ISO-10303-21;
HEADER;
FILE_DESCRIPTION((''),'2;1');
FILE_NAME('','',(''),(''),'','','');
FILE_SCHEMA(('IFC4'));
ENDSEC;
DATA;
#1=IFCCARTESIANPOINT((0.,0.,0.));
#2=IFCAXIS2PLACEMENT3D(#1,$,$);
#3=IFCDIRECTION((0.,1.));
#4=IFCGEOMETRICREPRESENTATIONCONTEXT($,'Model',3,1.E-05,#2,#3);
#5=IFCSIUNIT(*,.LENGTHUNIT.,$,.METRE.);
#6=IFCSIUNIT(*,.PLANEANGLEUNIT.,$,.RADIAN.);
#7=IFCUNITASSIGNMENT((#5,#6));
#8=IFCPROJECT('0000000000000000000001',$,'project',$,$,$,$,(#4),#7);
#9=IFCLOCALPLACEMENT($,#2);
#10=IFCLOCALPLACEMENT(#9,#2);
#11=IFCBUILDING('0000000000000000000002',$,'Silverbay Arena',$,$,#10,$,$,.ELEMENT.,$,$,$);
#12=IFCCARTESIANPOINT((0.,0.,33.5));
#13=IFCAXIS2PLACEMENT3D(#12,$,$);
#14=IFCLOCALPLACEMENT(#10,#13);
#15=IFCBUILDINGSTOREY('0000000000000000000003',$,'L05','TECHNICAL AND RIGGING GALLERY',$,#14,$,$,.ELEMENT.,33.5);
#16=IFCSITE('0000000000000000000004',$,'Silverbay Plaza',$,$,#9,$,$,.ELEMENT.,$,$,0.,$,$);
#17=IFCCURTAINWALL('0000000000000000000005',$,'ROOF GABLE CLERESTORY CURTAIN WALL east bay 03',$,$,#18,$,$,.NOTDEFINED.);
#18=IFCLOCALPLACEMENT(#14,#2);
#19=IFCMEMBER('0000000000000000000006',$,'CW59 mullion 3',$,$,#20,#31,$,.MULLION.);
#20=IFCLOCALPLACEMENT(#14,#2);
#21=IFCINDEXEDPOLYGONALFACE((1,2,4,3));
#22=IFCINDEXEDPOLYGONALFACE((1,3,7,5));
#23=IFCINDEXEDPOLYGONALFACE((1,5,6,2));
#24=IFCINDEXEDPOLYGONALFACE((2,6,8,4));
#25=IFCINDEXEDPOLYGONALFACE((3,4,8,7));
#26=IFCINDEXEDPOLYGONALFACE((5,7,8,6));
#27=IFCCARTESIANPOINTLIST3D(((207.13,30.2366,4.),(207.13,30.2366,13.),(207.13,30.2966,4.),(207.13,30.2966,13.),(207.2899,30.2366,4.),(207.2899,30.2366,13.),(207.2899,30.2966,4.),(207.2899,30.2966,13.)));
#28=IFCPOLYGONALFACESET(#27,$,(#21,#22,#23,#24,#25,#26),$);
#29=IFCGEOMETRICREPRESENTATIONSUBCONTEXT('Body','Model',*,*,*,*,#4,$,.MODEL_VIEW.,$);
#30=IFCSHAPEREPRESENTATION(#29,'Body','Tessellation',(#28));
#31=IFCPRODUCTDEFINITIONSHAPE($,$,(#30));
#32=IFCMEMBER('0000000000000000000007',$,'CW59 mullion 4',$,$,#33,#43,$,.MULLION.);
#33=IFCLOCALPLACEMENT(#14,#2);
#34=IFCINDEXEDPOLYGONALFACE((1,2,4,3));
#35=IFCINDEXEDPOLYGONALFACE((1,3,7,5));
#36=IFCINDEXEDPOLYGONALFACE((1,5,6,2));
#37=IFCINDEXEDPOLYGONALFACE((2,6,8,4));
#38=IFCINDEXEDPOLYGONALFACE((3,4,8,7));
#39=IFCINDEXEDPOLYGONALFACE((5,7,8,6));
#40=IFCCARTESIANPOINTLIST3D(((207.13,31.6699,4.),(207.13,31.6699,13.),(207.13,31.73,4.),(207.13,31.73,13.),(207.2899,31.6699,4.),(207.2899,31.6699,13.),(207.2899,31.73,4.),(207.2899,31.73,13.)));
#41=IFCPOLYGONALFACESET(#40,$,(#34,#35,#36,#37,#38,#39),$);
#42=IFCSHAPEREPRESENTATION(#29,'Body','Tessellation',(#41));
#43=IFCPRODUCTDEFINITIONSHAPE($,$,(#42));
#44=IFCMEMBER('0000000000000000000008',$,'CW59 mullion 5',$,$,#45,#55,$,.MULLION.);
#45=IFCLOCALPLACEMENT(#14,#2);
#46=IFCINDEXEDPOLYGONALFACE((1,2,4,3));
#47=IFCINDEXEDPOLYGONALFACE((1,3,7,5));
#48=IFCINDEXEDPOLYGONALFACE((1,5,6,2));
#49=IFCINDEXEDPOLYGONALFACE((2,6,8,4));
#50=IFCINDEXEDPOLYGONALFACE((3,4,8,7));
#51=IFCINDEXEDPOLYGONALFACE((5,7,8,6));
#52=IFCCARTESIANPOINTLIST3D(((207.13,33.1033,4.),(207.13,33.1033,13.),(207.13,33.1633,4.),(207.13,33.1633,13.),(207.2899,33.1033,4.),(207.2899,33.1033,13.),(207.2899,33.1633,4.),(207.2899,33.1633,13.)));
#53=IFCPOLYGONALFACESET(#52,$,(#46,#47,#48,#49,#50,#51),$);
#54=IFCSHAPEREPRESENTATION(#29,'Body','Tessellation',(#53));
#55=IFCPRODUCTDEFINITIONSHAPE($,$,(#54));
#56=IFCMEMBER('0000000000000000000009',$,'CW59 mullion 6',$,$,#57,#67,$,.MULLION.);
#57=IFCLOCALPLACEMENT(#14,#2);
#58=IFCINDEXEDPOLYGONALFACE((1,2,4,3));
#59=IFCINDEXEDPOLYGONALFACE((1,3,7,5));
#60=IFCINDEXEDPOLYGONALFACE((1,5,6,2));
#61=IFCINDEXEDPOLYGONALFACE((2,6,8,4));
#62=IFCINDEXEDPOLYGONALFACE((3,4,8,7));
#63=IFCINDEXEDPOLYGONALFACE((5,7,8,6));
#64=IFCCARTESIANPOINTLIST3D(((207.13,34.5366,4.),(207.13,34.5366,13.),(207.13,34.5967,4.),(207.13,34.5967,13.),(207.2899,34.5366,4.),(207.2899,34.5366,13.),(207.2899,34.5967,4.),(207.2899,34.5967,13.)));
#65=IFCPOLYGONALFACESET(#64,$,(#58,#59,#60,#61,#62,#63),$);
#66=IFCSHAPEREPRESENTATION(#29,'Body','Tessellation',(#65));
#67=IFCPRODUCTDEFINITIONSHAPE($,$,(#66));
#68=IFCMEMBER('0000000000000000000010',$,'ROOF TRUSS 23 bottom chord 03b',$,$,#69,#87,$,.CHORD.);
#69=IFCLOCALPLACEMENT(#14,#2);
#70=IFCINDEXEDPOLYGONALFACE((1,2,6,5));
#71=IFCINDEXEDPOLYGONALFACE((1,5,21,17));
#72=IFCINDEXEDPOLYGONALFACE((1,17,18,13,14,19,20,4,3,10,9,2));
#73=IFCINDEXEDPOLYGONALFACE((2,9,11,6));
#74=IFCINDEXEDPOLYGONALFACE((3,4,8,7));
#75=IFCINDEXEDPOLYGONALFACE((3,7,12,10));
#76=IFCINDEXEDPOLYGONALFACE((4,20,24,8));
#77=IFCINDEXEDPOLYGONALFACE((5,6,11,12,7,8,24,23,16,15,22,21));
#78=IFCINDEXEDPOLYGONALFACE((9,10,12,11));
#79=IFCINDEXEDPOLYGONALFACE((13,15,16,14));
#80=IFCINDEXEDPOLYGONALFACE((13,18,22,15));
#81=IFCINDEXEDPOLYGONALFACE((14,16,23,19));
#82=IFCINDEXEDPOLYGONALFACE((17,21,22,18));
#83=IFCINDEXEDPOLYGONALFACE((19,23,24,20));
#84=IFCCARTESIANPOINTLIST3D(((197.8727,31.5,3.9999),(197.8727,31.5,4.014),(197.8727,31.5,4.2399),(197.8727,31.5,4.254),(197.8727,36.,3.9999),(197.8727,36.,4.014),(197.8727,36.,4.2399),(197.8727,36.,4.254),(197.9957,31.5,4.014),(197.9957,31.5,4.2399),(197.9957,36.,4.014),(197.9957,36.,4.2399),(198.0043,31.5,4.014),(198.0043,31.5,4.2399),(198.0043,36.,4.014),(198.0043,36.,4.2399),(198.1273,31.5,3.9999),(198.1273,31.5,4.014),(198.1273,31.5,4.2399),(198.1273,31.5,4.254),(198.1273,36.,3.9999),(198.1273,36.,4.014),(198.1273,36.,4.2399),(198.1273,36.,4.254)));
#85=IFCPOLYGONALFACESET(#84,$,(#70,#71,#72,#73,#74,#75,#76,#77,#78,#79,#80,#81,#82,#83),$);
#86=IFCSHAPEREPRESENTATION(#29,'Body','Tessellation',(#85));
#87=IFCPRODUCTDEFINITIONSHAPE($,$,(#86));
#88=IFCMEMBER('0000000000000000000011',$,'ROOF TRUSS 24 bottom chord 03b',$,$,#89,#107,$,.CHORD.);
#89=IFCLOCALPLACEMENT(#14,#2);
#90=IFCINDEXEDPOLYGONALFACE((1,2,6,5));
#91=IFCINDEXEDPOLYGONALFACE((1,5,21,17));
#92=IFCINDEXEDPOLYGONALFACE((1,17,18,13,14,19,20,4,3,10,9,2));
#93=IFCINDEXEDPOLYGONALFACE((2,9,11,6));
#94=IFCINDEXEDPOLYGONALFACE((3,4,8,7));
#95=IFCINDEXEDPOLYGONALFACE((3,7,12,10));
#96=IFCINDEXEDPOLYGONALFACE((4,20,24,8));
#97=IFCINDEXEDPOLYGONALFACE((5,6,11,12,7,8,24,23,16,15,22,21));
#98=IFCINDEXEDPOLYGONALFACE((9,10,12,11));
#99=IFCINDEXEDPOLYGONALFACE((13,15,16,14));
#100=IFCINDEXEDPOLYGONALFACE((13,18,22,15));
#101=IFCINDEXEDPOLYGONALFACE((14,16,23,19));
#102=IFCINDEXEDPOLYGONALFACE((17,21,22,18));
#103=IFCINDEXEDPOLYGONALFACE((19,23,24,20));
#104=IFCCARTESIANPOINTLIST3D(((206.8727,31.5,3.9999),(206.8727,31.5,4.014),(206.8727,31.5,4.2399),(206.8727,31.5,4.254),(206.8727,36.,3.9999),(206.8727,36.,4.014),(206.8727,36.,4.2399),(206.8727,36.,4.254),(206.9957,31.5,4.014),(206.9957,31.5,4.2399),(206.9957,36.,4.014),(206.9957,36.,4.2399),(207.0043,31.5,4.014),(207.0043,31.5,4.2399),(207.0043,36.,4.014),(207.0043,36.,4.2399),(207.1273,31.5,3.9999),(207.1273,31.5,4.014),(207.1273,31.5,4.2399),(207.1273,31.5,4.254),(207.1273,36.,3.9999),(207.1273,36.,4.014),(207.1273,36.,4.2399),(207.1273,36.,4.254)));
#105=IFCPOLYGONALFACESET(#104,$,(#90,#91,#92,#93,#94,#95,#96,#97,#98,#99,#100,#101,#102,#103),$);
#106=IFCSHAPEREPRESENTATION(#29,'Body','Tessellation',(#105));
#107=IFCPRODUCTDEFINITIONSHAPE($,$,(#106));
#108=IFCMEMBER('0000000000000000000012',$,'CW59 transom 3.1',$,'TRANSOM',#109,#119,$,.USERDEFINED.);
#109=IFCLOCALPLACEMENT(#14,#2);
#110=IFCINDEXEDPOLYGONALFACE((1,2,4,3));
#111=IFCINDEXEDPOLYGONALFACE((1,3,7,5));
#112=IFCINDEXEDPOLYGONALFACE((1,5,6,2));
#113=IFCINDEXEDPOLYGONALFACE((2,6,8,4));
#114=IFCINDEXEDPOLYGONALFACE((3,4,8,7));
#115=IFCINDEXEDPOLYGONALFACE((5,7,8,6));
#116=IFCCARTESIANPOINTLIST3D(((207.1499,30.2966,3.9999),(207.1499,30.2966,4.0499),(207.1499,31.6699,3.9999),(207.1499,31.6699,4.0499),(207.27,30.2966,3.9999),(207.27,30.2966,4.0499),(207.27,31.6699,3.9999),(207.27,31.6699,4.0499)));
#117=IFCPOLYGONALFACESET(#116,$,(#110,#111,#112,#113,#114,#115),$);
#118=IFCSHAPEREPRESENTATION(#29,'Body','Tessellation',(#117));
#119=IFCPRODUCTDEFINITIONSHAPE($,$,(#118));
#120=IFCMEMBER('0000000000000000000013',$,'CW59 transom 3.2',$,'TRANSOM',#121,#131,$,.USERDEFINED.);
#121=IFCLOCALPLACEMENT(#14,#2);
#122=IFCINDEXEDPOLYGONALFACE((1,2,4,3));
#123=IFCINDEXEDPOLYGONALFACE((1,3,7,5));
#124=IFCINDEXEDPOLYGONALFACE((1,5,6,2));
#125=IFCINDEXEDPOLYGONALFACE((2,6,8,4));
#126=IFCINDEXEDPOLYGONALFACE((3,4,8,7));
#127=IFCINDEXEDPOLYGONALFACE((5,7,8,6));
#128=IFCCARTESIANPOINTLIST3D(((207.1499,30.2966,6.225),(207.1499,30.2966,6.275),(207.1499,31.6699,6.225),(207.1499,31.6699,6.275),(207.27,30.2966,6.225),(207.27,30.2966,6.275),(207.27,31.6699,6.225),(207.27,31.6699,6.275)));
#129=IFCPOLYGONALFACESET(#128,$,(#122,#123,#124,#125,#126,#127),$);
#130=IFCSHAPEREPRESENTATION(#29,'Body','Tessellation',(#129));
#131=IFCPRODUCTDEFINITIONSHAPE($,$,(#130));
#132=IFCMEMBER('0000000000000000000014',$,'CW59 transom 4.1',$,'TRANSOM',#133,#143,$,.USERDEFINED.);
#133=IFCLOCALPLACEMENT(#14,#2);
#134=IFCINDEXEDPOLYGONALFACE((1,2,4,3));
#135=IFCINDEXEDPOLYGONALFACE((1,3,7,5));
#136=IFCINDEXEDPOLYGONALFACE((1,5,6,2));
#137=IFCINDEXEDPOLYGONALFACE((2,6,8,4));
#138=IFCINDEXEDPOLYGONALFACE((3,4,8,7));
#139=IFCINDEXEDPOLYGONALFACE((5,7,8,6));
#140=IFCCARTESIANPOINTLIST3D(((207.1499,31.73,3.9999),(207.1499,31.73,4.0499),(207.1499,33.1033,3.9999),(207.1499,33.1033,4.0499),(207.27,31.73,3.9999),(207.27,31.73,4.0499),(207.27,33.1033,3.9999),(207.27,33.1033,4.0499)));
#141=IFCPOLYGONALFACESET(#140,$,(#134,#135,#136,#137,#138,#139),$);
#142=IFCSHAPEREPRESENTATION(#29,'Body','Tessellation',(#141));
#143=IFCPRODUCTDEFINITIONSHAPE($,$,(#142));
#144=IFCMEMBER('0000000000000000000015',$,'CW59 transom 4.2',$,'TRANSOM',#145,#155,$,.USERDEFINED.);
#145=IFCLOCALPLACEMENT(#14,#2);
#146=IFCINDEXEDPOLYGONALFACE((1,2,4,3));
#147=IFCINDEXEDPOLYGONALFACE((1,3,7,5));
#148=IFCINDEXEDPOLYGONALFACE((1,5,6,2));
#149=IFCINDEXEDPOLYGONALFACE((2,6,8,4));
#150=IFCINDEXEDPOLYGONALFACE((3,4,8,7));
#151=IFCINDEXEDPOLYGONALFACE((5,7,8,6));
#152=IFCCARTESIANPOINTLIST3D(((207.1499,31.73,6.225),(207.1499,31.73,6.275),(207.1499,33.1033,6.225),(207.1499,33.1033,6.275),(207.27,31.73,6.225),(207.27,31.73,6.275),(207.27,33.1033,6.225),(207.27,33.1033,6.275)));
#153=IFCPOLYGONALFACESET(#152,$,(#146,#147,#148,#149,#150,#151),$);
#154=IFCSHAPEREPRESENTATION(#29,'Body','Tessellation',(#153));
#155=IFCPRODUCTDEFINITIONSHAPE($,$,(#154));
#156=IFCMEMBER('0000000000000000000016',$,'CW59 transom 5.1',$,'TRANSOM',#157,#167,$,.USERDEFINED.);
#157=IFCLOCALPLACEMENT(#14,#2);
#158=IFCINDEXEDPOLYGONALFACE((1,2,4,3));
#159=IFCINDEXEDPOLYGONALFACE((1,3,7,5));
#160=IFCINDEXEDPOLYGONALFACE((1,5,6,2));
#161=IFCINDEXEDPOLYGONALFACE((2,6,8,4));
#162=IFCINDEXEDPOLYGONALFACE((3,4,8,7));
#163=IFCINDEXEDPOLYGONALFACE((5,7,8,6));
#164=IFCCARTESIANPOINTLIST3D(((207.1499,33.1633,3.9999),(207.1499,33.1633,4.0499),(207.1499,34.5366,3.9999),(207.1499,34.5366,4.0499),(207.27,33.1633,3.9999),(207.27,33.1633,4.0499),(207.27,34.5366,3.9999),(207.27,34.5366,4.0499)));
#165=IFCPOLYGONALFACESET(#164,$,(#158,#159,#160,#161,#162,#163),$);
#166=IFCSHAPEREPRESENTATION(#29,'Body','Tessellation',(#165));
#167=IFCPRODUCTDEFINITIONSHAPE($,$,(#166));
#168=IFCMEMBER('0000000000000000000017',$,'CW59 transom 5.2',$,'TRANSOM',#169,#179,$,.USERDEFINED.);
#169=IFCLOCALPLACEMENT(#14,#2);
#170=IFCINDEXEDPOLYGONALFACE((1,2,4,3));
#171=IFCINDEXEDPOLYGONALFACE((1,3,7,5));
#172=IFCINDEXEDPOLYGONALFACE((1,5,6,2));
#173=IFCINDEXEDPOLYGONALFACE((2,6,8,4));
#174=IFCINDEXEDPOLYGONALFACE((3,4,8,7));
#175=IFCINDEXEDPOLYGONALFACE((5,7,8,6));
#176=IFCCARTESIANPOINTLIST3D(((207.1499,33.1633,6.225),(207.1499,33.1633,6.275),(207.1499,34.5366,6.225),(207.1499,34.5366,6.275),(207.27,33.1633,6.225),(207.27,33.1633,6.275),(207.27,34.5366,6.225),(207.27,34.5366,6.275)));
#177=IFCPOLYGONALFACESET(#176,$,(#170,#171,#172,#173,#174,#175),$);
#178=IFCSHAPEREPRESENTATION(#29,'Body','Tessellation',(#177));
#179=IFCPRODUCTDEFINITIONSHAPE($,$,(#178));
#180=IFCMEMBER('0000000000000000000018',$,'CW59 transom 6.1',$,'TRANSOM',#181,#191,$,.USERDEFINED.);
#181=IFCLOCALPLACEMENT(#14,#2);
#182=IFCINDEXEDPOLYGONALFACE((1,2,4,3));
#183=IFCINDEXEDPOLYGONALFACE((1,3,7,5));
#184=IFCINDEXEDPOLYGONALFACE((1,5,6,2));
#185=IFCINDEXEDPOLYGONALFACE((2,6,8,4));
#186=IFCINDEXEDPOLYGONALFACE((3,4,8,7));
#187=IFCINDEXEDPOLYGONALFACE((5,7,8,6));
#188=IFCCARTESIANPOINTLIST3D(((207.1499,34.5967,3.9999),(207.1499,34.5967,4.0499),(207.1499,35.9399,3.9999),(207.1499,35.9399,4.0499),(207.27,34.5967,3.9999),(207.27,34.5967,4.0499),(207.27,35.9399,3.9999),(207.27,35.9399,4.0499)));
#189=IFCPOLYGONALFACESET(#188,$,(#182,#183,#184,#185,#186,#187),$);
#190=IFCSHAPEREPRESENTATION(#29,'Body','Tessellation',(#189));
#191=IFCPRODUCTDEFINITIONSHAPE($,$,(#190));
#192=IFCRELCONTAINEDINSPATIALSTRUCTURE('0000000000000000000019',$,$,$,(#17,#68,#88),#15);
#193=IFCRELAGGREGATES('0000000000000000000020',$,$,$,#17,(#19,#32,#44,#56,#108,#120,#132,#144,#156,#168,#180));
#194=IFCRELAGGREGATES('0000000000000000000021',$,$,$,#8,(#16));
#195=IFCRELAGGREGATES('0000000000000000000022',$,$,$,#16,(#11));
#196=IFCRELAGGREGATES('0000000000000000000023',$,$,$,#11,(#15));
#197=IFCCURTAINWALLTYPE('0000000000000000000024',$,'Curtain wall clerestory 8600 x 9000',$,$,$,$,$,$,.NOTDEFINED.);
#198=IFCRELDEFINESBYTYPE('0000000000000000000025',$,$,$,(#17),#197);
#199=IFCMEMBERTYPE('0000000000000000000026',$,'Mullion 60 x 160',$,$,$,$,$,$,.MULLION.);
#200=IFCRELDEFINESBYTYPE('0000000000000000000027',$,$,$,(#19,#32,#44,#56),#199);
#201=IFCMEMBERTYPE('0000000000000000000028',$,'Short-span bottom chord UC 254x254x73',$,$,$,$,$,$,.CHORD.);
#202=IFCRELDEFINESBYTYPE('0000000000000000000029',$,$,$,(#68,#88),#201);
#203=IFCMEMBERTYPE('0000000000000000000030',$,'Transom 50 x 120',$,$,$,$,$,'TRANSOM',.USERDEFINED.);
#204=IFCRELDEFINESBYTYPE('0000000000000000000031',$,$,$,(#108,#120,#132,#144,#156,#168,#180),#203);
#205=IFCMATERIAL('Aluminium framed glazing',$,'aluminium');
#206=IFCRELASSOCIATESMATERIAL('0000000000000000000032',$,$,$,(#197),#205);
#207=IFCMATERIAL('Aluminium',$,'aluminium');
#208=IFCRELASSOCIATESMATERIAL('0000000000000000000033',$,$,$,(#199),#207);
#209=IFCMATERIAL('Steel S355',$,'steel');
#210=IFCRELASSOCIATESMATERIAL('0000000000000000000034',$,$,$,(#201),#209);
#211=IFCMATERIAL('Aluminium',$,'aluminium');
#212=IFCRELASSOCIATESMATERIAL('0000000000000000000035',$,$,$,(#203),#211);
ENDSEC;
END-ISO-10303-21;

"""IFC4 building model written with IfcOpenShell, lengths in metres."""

from ifc_helpers import new_model, si_unit, direction, frame, origin, origin_2d, place, context, subcontext, project, spatial, rectangle, i_section, extrude, material, material_profile, profile_set, type_object, element, aggregate, save


model = new_model("IFC4")

# Units and contexts
model_context = context("Model", 3, precision=1e-05, world=origin(), true_north=direction((0.0, 1.0)))
body_context = subcontext(model_context, "Body", "Model", "MODEL_VIEW")
ifc_project = project(units=[si_unit("LENGTHUNIT", "METRE"), si_unit("PLANEANGLEUNIT", "RADIAN")], contexts=[model_context])

# Site, building, storey
site_placement = place(None, origin())
site = spatial("IfcSite", under=ifc_project, at=site_placement, Name="Silverbay Plaza", CompositionType="ELEMENT", RefElevation=0.0)
building_placement = place(site_placement, origin())
building = spatial("IfcBuilding", under=site, at=building_placement, Name="Silverbay Arena", CompositionType="ELEMENT")
storey_placement = place(building_placement, frame((0.0, 0.0, 33.5)))
storey = spatial("IfcBuildingStorey", under=building, at=storey_placement, Name="L05", Description="TECHNICAL AND RIGGING GALLERY", CompositionType="ELEMENT", Elevation=33.5)

# Curtain wall, members
ifc_material_1 = material(Name="Aluminium framed glazing", Category="aluminium")
curtain_wall_type = type_object("IfcCurtainWallType", Name="Curtain wall clerestory 8600 x 9000", PredefinedType="NOTDEFINED", material=ifc_material_1)
curtain_wall_placement = place(storey_placement, origin())
curtain_wall = element("IfcCurtainWall", 1, at=curtain_wall_placement, inside=storey, type_object=curtain_wall_type, Name="ROOF GABLE CLERESTORY CURTAIN WALL east bay 03", PredefinedType="NOTDEFINED")
ifc_material_2 = material(Name="Aluminium", Category="aluminium")
ifc_material_profile_1 = material_profile(ifc_material_2, rectangle(XDim=0.1599, YDim=0.0601, at=origin_2d()), Name="Mullion 60 x 160")
ifc_profile_set_1 = profile_set([ifc_material_profile_1], Name="Aluminium")
member_type_1 = type_object("IfcMemberType", Name="Mullion 60 x 160", PredefinedType="MULLION", material=ifc_profile_set_1)
member_1_placement = place(storey_placement, frame((207.21, 30.2666, 4.0), z_axis=(0.0, 0.0, 1.0), x_axis=(-1.0, 0.0, 0.0)))
member_1 = element("IfcMember", 2, at=member_1_placement, type_object=member_type_1, Name="CW59 mullion 3", PredefinedType="MULLION", context=body_context, shape_type="SweptSolid", body=[
    extrude(rectangle(XDim=0.1599, YDim=0.0601, at=origin_2d()), origin(), (0.0, 0.0, 1.0), 9.0),
])
member_2_placement = place(storey_placement, frame((207.21, 31.7, 4.0), z_axis=(0.0, 0.0, 1.0), x_axis=(-1.0, 0.0, 0.0)))
member_2 = element("IfcMember", 3, at=member_2_placement, type_object=member_type_1, Name="CW59 mullion 4", PredefinedType="MULLION", context=body_context, shape_type="SweptSolid", body=[
    extrude(rectangle(XDim=0.1599, YDim=0.0601, at=origin_2d()), origin(), (0.0, 0.0, 1.0), 9.0),
])
member_3_placement = place(storey_placement, frame((207.21, 33.1333, 4.0), z_axis=(0.0, 0.0, 1.0), x_axis=(-1.0, 0.0, 0.0)))
member_3 = element("IfcMember", 4, at=member_3_placement, type_object=member_type_1, Name="CW59 mullion 5", PredefinedType="MULLION", context=body_context, shape_type="SweptSolid", body=[
    extrude(rectangle(XDim=0.1599, YDim=0.0601, at=origin_2d()), origin(), (0.0, 0.0, 1.0), 9.0),
])
member_4_placement = place(storey_placement, frame((207.21, 34.5667, 4.0), z_axis=(0.0, 0.0, 1.0), x_axis=(-1.0, 0.0, 0.0)))
member_4 = element("IfcMember", 5, at=member_4_placement, type_object=member_type_1, Name="CW59 mullion 6", PredefinedType="MULLION", context=body_context, shape_type="SweptSolid", body=[
    extrude(rectangle(XDim=0.1599, YDim=0.0601, at=origin_2d()), origin(), (0.0, 0.0, 1.0), 9.0),
])

# Members
ifc_material_3 = material(Name="Steel S355", Category="steel")
ifc_material_profile_2 = material_profile(ifc_material_3, i_section(OverallWidth=0.2546, OverallDepth=0.2542, WebThickness=0.0085, FlangeThickness=0.0142, at=origin_2d()), Name="UC 254x254x73")
ifc_profile_set_2 = profile_set([ifc_material_profile_2], Name="Steel S355")
member_type_2 = type_object("IfcMemberType", Name="Short-span bottom chord UC 254x254x73", PredefinedType="CHORD", material=ifc_profile_set_2)
for number, where, z_axis, x_axis, name in (
    (6, (198.0, 31.5, 4.127), (0.0, 1.0, 0.0), (-1.0, 0.0, 0.0), "ROOF TRUSS 23 bottom chord 03b"),
    (7, (207.0, 31.5, 4.127), (0.0, 1.0, 0.0), (-1.0, 0.0, 0.0), "ROOF TRUSS 24 bottom chord 03b"),
):
    element("IfcMember", number, at=place(storey_placement, frame(where, z_axis=z_axis, x_axis=x_axis)), inside=storey, type_object=member_type_2, Name=name, PredefinedType="CHORD", context=body_context, shape_type="SweptSolid", body=[
        extrude(i_section(OverallWidth=0.2546, OverallDepth=0.2542, WebThickness=0.0085, FlangeThickness=0.0142, at=origin_2d()), origin(), (0.0, 0.0, 1.0), 4.5),
    ])

# Members
ifc_material_4 = material(Name="Aluminium", Category="aluminium")
ifc_material_profile_3 = material_profile(ifc_material_4, rectangle(XDim=0.1201, YDim=0.05, at=origin_2d()), Name="Transom 50 x 120")
ifc_profile_set_3 = profile_set([ifc_material_profile_3], Name="Aluminium")
member_type_3 = type_object("IfcMemberType", Name="Transom 50 x 120", ElementType="TRANSOM", PredefinedType="USERDEFINED", material=ifc_profile_set_3)
member_5_placement = place(storey_placement, frame((207.21, 30.2966, 4.0249), z_axis=(0.0, 1.0, 0.0), x_axis=(-1.0, 0.0, 0.0)))
member_5 = element("IfcMember", 8, at=member_5_placement, type_object=member_type_3, Name="CW59 transom 3.1", ObjectType="TRANSOM", PredefinedType="USERDEFINED", context=body_context, shape_type="SweptSolid", body=[
    extrude(rectangle(XDim=0.1201, YDim=0.05, at=origin_2d()), origin(), (0.0, 0.0, 1.0), 1.3733),
])
member_6_placement = place(storey_placement, frame((207.21, 30.2966, 6.25), z_axis=(0.0, 1.0, 0.0), x_axis=(-1.0, 0.0, 0.0)))
member_6 = element("IfcMember", 9, at=member_6_placement, type_object=member_type_3, Name="CW59 transom 3.2", ObjectType="TRANSOM", PredefinedType="USERDEFINED", context=body_context, shape_type="SweptSolid", body=[
    extrude(rectangle(XDim=0.1201, YDim=0.05, at=origin_2d()), origin(), (0.0, 0.0, 1.0), 1.3733),
])
member_7_placement = place(storey_placement, frame((207.21, 31.73, 4.0249), z_axis=(0.0, 1.0, 0.0), x_axis=(-1.0, 0.0, 0.0)))
member_7 = element("IfcMember", 10, at=member_7_placement, type_object=member_type_3, Name="CW59 transom 4.1", ObjectType="TRANSOM", PredefinedType="USERDEFINED", context=body_context, shape_type="SweptSolid", body=[
    extrude(rectangle(XDim=0.1201, YDim=0.05, at=origin_2d()), origin(), (0.0, 0.0, 1.0), 1.3733),
])
member_8_placement = place(storey_placement, frame((207.21, 31.73, 6.25), z_axis=(0.0, 1.0, 0.0), x_axis=(-1.0, 0.0, 0.0)))
member_8 = element("IfcMember", 11, at=member_8_placement, type_object=member_type_3, Name="CW59 transom 4.2", ObjectType="TRANSOM", PredefinedType="USERDEFINED", context=body_context, shape_type="SweptSolid", body=[
    extrude(rectangle(XDim=0.1201, YDim=0.05, at=origin_2d()), origin(), (0.0, 0.0, 1.0), 1.3733),
])
member_9_placement = place(storey_placement, frame((207.21, 33.1633, 4.0249), z_axis=(0.0, 1.0, 0.0), x_axis=(-1.0, 0.0, 0.0)))
member_9 = element("IfcMember", 12, at=member_9_placement, type_object=member_type_3, Name="CW59 transom 5.1", ObjectType="TRANSOM", PredefinedType="USERDEFINED", context=body_context, shape_type="SweptSolid", body=[
    extrude(rectangle(XDim=0.1201, YDim=0.05, at=origin_2d()), origin(), (0.0, 0.0, 1.0), 1.3733),
])
member_10_placement = place(storey_placement, frame((207.21, 33.1633, 6.25), z_axis=(0.0, 1.0, 0.0), x_axis=(-1.0, 0.0, 0.0)))
member_10 = element("IfcMember", 13, at=member_10_placement, type_object=member_type_3, Name="CW59 transom 5.2", ObjectType="TRANSOM", PredefinedType="USERDEFINED", context=body_context, shape_type="SweptSolid", body=[
    extrude(rectangle(XDim=0.1201, YDim=0.05, at=origin_2d()), origin(), (0.0, 0.0, 1.0), 1.3733),
])
member_11_placement = place(storey_placement, frame((207.21, 34.5967, 4.0249), z_axis=(0.0, 1.0, 0.0), x_axis=(-1.0, 0.0, 0.0)))
member_11 = element("IfcMember", 14, at=member_11_placement, type_object=member_type_3, Name="CW59 transom 6.1", ObjectType="TRANSOM", PredefinedType="USERDEFINED", context=body_context, shape_type="SweptSolid", body=[
    extrude(rectangle(XDim=0.1201, YDim=0.05, at=origin_2d()), origin(), (0.0, 0.0, 1.0), 1.3433),
])

aggregate(curtain_wall, [member_1, member_2, member_3, member_4, member_5, member_6, member_7, member_8, member_9, member_10, member_11])

save(model, "model.ifc")
